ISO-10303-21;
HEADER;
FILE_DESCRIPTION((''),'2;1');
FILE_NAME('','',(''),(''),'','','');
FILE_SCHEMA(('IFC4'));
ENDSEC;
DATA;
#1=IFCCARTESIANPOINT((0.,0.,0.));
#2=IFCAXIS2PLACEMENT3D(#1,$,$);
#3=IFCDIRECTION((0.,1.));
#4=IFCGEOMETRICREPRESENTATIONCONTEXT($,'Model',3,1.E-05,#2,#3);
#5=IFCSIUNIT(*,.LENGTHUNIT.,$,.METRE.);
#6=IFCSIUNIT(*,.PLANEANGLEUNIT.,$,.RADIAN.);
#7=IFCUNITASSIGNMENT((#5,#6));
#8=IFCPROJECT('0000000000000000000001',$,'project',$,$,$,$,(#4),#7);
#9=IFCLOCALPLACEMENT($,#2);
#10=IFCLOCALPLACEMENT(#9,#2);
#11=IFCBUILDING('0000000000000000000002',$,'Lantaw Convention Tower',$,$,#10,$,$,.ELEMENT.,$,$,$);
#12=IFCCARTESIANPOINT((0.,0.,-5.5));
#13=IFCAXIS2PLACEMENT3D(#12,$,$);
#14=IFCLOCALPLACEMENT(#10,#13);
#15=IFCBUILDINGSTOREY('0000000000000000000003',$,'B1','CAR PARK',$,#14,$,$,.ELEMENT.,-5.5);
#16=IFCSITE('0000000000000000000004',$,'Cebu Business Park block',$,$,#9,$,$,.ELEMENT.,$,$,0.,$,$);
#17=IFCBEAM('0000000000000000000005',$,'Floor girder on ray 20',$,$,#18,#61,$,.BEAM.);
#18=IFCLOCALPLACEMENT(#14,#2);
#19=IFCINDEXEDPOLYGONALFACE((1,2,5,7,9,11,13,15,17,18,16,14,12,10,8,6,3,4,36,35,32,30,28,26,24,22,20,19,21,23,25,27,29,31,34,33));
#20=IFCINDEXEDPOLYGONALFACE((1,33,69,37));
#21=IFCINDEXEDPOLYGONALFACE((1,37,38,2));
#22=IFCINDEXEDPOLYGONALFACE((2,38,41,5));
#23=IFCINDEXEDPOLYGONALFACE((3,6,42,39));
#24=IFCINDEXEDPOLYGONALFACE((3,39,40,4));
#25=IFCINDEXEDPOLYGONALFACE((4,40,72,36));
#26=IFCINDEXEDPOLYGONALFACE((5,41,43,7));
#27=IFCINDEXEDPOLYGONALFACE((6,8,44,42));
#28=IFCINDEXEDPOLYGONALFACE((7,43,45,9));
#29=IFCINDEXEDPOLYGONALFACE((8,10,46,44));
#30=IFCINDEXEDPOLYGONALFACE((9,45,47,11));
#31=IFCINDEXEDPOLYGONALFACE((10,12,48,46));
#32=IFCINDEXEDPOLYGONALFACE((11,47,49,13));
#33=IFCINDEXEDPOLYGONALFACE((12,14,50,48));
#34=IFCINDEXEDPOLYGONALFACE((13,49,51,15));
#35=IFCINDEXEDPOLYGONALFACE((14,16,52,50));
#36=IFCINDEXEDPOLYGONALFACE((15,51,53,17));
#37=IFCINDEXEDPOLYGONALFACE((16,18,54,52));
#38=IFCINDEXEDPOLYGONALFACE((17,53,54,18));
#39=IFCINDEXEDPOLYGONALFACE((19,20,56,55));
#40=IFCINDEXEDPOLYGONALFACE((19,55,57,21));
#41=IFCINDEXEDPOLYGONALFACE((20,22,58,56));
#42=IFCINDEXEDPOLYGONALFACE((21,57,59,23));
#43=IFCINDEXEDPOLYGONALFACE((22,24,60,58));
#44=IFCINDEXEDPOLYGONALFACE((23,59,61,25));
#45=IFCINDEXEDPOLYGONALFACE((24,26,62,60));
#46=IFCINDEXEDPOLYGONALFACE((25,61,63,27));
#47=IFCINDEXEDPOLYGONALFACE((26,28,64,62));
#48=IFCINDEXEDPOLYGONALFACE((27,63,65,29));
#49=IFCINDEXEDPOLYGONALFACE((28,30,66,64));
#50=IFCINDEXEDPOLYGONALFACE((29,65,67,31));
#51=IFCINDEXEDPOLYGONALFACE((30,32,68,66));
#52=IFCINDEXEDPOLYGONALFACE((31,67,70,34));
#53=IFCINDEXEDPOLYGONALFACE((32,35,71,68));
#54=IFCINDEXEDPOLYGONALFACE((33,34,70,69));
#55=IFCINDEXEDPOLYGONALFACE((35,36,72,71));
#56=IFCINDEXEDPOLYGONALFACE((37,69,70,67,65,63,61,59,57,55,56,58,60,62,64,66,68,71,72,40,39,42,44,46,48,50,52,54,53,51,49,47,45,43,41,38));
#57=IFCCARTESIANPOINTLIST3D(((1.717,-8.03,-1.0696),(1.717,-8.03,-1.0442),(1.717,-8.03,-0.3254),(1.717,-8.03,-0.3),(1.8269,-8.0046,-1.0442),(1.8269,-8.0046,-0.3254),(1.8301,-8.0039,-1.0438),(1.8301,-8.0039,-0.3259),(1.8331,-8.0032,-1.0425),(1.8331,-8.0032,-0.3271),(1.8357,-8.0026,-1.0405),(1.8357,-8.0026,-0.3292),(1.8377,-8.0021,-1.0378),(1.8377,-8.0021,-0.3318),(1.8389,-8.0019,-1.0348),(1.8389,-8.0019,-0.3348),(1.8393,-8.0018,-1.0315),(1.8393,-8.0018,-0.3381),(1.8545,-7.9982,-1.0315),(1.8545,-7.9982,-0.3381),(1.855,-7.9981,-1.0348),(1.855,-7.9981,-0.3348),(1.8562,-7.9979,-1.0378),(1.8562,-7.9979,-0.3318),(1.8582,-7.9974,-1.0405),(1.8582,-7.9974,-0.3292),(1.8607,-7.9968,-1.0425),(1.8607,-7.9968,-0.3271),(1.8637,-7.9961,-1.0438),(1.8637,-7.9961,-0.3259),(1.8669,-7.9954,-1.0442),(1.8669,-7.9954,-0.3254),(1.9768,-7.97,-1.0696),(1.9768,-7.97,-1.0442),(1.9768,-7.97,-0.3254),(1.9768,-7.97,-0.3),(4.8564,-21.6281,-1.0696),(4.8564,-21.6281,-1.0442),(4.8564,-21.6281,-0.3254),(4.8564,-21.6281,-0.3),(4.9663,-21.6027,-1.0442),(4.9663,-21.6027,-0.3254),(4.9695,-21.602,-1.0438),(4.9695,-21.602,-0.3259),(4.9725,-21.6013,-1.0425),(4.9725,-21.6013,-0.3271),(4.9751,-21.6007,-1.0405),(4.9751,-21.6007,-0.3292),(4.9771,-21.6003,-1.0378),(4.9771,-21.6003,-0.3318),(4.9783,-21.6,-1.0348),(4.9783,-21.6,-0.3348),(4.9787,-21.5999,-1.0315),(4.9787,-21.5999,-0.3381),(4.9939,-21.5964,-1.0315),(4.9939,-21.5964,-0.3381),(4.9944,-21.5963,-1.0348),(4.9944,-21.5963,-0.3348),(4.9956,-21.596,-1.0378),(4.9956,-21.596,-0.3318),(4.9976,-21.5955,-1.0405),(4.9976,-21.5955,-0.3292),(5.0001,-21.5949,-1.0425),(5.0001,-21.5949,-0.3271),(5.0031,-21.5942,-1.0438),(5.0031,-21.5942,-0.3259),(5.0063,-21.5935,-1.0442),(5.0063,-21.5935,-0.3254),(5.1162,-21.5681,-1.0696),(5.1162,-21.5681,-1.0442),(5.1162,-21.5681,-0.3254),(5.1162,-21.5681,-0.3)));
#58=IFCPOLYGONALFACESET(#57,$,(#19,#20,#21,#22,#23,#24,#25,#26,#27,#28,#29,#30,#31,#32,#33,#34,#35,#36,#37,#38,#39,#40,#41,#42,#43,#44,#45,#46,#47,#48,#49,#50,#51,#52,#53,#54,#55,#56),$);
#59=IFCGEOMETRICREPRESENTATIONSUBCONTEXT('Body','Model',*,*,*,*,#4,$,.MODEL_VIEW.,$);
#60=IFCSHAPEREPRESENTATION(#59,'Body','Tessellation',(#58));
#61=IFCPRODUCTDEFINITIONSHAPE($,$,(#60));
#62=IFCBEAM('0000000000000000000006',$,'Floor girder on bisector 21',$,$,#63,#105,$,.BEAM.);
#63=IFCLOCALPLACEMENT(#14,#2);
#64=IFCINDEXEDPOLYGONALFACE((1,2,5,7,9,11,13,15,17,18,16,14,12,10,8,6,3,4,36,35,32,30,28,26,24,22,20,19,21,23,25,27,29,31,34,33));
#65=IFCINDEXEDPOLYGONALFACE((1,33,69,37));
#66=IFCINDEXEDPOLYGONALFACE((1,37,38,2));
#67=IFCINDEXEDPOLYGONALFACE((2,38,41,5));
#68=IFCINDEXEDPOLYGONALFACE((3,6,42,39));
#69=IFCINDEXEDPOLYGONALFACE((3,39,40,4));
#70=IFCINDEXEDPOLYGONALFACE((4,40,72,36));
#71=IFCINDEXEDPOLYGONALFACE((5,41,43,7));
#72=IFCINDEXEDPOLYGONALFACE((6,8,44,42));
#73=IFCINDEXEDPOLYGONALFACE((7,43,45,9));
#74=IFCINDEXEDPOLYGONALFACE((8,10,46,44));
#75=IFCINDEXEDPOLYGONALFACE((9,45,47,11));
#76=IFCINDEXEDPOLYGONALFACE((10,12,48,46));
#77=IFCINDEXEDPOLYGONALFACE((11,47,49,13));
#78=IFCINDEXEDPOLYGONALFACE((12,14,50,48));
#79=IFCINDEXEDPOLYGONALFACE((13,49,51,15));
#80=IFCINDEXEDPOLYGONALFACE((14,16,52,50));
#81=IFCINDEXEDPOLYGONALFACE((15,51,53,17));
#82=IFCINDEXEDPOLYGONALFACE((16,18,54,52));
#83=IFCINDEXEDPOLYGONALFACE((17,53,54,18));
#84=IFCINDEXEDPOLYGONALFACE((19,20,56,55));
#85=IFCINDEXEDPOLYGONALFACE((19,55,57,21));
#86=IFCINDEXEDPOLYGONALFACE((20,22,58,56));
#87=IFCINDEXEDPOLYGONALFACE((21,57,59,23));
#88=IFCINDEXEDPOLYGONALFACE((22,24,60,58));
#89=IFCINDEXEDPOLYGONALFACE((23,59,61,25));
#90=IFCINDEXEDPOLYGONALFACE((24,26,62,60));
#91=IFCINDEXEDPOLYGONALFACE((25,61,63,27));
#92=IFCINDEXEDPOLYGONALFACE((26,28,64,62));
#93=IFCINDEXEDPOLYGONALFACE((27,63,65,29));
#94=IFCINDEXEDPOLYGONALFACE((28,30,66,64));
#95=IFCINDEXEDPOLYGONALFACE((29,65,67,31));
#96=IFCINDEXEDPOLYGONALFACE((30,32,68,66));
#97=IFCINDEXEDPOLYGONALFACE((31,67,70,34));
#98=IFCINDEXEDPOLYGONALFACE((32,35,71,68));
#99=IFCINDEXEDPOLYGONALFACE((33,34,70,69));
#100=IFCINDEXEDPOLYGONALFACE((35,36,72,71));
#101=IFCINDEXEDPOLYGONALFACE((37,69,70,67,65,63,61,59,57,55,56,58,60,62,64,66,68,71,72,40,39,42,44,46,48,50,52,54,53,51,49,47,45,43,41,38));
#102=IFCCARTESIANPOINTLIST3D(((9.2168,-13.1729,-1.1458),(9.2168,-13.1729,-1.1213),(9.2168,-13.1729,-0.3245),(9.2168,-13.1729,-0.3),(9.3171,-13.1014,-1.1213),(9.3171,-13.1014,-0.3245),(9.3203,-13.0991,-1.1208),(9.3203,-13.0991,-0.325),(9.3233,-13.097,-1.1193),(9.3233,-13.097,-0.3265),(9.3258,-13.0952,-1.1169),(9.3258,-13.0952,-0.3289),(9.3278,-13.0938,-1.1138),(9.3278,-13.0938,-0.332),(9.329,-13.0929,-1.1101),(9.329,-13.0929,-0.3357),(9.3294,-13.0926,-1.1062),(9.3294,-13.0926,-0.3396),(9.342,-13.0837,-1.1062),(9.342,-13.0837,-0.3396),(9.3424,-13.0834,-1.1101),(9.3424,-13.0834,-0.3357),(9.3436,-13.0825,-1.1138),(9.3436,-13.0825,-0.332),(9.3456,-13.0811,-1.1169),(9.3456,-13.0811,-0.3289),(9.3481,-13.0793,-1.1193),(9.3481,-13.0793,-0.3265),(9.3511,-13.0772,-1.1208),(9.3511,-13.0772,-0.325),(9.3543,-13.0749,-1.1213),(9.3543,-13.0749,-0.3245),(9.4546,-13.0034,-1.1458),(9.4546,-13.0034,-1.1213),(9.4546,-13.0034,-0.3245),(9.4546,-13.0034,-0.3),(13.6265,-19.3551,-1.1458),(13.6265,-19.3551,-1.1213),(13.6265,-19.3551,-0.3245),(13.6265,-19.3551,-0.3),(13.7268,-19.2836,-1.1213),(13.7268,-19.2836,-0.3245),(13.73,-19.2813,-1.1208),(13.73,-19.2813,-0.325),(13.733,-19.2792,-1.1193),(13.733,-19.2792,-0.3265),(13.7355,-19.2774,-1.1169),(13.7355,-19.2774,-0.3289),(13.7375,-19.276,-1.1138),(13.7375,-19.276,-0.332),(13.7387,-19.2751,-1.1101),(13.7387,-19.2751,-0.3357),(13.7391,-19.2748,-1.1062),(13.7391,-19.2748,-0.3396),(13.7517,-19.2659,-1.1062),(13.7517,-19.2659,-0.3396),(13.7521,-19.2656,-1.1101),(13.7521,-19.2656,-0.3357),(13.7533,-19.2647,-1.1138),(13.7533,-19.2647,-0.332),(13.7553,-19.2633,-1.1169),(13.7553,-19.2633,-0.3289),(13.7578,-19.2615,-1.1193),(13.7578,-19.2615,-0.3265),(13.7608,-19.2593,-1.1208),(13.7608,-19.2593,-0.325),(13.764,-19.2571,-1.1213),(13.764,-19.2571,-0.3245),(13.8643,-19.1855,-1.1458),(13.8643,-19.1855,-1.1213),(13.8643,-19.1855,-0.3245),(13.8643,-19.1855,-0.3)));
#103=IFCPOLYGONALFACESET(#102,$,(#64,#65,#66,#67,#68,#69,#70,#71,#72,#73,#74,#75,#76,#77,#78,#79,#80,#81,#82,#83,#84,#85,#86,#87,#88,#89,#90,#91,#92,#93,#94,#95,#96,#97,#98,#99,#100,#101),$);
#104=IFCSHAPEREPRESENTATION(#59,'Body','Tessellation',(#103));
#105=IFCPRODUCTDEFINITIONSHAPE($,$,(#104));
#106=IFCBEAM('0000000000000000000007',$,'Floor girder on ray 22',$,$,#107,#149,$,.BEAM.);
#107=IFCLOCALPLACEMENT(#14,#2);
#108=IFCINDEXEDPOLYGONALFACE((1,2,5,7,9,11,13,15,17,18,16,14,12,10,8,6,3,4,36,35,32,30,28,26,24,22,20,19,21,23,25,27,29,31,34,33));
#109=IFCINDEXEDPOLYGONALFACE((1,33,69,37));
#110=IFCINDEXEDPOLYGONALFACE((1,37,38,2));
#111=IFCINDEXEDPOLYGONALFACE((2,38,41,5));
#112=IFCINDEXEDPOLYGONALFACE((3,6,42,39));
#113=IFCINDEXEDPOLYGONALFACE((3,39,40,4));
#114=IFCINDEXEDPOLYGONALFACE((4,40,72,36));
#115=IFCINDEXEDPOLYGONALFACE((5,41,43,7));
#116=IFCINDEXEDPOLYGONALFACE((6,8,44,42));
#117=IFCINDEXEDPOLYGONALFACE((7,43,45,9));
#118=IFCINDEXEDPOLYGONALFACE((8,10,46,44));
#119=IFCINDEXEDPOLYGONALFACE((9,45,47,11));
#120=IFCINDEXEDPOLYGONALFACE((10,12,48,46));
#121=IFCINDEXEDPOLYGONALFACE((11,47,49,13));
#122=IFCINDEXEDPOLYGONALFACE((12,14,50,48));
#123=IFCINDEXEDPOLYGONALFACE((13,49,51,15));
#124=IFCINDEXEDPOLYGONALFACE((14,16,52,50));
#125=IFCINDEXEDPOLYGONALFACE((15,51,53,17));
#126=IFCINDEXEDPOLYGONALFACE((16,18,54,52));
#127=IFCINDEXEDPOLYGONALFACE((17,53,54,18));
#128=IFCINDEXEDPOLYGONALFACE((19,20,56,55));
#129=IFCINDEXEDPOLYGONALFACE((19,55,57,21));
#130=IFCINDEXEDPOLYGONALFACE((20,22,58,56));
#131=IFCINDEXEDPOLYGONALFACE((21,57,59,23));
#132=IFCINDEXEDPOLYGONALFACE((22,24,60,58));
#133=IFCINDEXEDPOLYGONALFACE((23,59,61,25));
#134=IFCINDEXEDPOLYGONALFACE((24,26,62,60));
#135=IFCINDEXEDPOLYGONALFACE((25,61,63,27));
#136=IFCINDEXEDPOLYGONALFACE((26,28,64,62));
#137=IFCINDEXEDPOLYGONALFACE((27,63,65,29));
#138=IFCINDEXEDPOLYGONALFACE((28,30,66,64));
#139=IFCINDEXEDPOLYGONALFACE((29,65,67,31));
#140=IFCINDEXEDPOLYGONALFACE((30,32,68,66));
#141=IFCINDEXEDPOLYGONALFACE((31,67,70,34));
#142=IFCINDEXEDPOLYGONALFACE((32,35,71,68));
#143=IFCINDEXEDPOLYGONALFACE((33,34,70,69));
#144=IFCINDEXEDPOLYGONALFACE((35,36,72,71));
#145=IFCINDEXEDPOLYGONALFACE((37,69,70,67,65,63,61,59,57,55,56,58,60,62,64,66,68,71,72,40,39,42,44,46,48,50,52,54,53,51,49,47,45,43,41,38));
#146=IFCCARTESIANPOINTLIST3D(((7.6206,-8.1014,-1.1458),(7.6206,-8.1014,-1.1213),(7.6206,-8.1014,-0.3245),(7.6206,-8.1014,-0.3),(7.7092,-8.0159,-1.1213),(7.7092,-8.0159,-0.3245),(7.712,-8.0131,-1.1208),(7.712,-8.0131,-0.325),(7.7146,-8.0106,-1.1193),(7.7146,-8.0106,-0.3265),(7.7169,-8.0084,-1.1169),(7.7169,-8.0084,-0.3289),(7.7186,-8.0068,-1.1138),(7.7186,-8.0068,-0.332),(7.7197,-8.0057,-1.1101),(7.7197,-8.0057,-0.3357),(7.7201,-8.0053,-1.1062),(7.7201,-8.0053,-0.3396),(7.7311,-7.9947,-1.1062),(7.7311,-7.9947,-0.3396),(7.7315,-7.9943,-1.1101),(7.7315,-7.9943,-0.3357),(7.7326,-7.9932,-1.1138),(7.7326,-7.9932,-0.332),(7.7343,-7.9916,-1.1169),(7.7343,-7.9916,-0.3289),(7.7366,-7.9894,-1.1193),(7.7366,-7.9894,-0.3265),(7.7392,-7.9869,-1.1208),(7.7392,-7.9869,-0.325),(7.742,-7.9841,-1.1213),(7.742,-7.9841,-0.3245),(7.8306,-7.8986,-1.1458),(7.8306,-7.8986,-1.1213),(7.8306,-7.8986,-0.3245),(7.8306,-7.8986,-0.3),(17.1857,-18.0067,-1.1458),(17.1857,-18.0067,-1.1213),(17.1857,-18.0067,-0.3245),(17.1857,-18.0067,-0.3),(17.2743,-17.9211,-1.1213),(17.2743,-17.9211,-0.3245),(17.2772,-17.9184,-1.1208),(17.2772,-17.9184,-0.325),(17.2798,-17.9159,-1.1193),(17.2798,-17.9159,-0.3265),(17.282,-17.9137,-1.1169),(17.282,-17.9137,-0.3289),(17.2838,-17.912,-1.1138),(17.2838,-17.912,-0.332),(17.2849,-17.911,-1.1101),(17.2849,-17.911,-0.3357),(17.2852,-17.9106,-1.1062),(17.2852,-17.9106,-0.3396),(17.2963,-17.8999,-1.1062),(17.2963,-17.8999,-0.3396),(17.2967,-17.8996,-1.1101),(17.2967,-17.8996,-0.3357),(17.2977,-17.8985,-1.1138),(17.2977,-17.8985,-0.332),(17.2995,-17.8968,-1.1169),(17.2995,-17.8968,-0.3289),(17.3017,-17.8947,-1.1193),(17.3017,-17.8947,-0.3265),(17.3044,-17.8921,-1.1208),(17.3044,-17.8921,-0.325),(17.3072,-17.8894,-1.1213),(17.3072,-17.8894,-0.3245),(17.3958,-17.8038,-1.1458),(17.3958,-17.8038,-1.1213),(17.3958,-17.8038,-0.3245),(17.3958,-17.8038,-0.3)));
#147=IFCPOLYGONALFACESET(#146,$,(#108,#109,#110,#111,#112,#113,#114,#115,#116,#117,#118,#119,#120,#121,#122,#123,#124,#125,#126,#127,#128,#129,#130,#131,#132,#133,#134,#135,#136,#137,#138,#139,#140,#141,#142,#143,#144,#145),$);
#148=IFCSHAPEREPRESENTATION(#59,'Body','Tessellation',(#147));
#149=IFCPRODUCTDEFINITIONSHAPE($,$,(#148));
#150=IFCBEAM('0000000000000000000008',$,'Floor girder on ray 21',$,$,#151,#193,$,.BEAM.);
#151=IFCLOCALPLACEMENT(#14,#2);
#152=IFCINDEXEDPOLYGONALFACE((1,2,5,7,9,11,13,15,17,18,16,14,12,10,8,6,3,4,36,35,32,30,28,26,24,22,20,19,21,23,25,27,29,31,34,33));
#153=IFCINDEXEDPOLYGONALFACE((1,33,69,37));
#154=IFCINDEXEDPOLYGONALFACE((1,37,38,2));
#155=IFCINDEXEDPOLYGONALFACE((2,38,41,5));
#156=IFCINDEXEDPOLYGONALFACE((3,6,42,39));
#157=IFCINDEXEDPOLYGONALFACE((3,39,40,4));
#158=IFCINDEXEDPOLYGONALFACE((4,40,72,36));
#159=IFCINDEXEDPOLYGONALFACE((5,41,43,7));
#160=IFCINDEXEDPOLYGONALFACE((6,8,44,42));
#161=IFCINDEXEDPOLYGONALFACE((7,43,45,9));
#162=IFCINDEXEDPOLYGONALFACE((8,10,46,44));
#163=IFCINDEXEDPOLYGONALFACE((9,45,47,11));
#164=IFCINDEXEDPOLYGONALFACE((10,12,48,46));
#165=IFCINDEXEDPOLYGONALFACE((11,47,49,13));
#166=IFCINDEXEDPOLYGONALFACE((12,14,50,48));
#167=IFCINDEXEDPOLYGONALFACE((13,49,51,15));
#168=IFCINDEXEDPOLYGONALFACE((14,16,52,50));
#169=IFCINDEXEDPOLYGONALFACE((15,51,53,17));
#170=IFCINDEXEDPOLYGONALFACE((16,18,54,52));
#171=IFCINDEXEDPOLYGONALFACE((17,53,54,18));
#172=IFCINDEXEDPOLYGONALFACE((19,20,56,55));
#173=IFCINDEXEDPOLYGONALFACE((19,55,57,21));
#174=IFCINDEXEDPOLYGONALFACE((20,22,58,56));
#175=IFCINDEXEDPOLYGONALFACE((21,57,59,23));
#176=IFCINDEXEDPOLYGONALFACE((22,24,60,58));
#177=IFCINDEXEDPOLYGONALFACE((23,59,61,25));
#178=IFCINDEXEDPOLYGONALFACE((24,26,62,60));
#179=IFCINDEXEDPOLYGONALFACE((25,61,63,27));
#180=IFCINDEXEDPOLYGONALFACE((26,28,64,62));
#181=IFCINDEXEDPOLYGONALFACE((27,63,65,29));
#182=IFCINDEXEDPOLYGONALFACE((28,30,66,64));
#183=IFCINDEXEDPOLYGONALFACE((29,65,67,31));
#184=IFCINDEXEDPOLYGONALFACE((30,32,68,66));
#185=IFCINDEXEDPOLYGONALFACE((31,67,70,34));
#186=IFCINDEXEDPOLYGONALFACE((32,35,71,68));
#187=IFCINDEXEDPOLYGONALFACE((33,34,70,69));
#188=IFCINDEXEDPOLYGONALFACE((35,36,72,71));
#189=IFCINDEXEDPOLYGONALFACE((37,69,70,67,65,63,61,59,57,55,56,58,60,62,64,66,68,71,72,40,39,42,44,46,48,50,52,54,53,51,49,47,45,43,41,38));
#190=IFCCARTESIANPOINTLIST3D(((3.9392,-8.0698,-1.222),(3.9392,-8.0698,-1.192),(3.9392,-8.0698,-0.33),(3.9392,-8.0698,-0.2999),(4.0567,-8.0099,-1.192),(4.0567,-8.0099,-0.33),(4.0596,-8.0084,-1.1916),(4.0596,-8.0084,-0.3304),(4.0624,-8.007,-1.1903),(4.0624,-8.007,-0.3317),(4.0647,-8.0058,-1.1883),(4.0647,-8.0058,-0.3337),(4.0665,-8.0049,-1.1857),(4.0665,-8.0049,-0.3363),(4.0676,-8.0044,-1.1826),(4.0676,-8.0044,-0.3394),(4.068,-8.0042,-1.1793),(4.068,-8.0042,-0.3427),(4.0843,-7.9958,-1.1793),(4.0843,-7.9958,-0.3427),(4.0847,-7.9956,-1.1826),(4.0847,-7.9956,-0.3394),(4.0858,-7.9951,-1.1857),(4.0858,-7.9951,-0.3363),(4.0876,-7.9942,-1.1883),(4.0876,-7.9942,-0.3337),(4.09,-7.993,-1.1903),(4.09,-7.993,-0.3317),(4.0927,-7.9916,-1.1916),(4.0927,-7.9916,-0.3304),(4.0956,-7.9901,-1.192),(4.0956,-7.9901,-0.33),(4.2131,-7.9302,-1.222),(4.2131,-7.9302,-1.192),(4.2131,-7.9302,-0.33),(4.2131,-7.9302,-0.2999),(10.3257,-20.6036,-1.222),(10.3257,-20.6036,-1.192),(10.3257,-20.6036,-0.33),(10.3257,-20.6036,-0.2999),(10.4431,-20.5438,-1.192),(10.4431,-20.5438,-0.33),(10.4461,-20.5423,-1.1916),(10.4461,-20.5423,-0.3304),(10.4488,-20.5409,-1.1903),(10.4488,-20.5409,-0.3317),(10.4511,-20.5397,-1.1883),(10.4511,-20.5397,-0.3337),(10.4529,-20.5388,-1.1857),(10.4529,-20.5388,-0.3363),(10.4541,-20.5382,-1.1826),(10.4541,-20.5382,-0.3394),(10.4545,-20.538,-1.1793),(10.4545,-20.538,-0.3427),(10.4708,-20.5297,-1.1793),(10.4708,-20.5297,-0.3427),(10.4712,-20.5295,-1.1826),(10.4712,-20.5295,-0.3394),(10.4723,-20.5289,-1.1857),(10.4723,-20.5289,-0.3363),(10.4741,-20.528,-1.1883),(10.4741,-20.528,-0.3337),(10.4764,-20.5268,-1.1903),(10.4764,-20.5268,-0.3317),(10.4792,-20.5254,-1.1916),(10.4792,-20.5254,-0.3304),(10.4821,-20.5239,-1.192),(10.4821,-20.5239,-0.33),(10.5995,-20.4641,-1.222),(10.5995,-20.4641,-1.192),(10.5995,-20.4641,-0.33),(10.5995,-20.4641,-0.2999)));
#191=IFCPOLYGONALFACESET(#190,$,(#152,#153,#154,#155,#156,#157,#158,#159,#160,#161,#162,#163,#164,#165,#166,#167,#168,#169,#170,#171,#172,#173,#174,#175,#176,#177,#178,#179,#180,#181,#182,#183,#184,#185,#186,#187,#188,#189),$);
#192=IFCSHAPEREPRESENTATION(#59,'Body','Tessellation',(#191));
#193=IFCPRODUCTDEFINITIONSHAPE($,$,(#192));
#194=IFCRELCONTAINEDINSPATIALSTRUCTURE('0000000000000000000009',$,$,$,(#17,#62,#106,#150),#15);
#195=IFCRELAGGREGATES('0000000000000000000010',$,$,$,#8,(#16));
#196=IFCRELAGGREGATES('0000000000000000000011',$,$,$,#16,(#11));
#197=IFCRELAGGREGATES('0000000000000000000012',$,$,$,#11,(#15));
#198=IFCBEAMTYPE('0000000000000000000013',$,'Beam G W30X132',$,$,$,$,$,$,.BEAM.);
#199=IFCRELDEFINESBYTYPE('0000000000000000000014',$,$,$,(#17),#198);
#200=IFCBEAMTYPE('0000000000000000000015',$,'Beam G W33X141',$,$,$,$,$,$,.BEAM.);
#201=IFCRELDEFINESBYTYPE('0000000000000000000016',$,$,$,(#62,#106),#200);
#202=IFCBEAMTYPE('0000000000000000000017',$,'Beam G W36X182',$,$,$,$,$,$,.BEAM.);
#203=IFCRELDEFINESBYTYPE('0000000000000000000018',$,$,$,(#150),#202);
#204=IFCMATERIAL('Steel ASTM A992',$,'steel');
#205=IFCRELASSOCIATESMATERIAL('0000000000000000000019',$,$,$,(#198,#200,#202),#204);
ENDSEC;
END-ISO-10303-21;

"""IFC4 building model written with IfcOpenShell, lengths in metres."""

from ifc_helpers import new_model, si_unit, direction, frame, origin, origin_2d, place, context, subcontext, project, spatial, i_section, extrude, material, material_profile, profile_set, type_object, element, save


model = new_model("IFC4")

# Units and contexts
model_context = context("Model", 3, precision=1e-05, world=origin(), true_north=direction((0.0, 1.0)))
body_context = subcontext(model_context, "Body", "Model", "MODEL_VIEW")
ifc_project = project(units=[si_unit("LENGTHUNIT", "METRE"), si_unit("PLANEANGLEUNIT", "RADIAN")], contexts=[model_context])

# Site, building, storey
site_placement = place(None, origin())
site = spatial("IfcSite", under=ifc_project, at=site_placement, Name="Cebu Business Park block", CompositionType="ELEMENT", RefElevation=0.0)
building_placement = place(site_placement, origin())
building = spatial("IfcBuilding", under=site, at=building_placement, Name="Lantaw Convention Tower", CompositionType="ELEMENT")
storey_placement = place(building_placement, frame((0.0, 0.0, -5.5)))
storey = spatial("IfcBuildingStorey", under=building, at=storey_placement, Name="B1", Description="CAR PARK", CompositionType="ELEMENT", Elevation=-5.5)

# Beams
ifc_material_1 = material(Name="Steel ASTM A992", Category="steel")
ifc_material_profile_1 = material_profile(ifc_material_1, i_section(OverallWidth=0.2666, OverallDepth=0.7695, WebThickness=0.0156, FlangeThickness=0.0254, FilletRadius=0.0127, at=origin_2d()), Name="W30X132")
ifc_profile_set_1 = profile_set([ifc_material_profile_1], Name="Steel ASTM A992")
beam_type_1 = type_object("IfcBeamType", Name="Beam G W30X132", PredefinedType="BEAM", material=ifc_profile_set_1)
beam_1_placement = place(storey_placement, frame((1.8469, -8.0, -0.6848), z_axis=(0.224953, -0.97437, 0.0), x_axis=(0.97437, 0.224953, 0.0)))
element("IfcBeam", 1, at=beam_1_placement, inside=storey, type_object=beam_type_1, Name="Floor girder on ray 20", PredefinedType="BEAM", context=body_context, shape_type="SweptSolid", body=[
    extrude(i_section(OverallWidth=0.2666, OverallDepth=0.7695, WebThickness=0.0156, FlangeThickness=0.0254, FilletRadius=0.0127, at=origin_2d()), origin(), (0.0, 0.0, 1.0), 13.9558),
])
ifc_material_profile_2 = material_profile(ifc_material_1, i_section(OverallWidth=0.292, OverallDepth=0.8457, WebThickness=0.0154, FlangeThickness=0.0244, FilletRadius=0.0151, at=origin_2d()), Name="W33X141")
ifc_profile_set_2 = profile_set([ifc_material_profile_2], Name="Steel ASTM A992")
beam_type_2 = type_object("IfcBeamType", Name="Beam G W33X141", PredefinedType="BEAM", material=ifc_profile_set_2)
beam_2_placement = place(storey_placement, frame((9.3357, -13.0881, -0.7229), z_axis=(0.580703, -0.814116, 0.0), x_axis=(0.814116, 0.580703, 0.0)))
element("IfcBeam", 2, at=beam_2_placement, inside=storey, type_object=beam_type_2, Name="Floor girder on bisector 21", PredefinedType="BEAM", context=body_context, shape_type="SweptSolid", body=[
    extrude(i_section(OverallWidth=0.292, OverallDepth=0.8457, WebThickness=0.0154, FlangeThickness=0.0244, FilletRadius=0.0151, at=origin_2d()), origin(), (0.0, 0.0, 1.0), 7.5938),
])
beam_3_placement = place(storey_placement, frame((7.7256, -8.0, -0.7229), z_axis=(0.69465, -0.719348, 0.0), x_axis=(0.719348, 0.69465, 0.0)))
element("IfcBeam", 3, at=beam_3_placement, inside=storey, type_object=beam_type_2, Name="Floor girder on ray 22", PredefinedType="BEAM", context=body_context, shape_type="SweptSolid", body=[
    extrude(i_section(OverallWidth=0.292, OverallDepth=0.8457, WebThickness=0.0154, FlangeThickness=0.0244, FilletRadius=0.0151, at=origin_2d()), origin(), (0.0, 0.0, 1.0), 13.7698),
])
ifc_material_profile_3 = material_profile(ifc_material_1, i_section(OverallWidth=0.3074, OverallDepth=0.9221, WebThickness=0.0183, FlangeThickness=0.03, FilletRadius=0.0127, at=origin_2d()), Name="W36X182")
ifc_profile_set_3 = profile_set([ifc_material_profile_3], Name="Steel ASTM A992")
beam_type_3 = type_object("IfcBeamType", Name="Beam G W36X182", PredefinedType="BEAM", material=ifc_profile_set_3)
beam_4_placement = place(storey_placement, frame((4.0762, -8.0, -0.761), z_axis=(0.453997, -0.891003, 0.0), x_axis=(0.891003, 0.453997, 0.0)))
element("IfcBeam", 4, at=beam_4_placement, inside=storey, type_object=beam_type_3, Name="Floor girder on ray 21", PredefinedType="BEAM", context=body_context, shape_type="SweptSolid", body=[
    extrude(i_section(OverallWidth=0.3074, OverallDepth=0.9221, WebThickness=0.0183, FlangeThickness=0.03, FilletRadius=0.0127, at=origin_2d()), origin(), (0.0, 0.0, 1.0), 14.0671),
])

save(model, "model.ifc")
